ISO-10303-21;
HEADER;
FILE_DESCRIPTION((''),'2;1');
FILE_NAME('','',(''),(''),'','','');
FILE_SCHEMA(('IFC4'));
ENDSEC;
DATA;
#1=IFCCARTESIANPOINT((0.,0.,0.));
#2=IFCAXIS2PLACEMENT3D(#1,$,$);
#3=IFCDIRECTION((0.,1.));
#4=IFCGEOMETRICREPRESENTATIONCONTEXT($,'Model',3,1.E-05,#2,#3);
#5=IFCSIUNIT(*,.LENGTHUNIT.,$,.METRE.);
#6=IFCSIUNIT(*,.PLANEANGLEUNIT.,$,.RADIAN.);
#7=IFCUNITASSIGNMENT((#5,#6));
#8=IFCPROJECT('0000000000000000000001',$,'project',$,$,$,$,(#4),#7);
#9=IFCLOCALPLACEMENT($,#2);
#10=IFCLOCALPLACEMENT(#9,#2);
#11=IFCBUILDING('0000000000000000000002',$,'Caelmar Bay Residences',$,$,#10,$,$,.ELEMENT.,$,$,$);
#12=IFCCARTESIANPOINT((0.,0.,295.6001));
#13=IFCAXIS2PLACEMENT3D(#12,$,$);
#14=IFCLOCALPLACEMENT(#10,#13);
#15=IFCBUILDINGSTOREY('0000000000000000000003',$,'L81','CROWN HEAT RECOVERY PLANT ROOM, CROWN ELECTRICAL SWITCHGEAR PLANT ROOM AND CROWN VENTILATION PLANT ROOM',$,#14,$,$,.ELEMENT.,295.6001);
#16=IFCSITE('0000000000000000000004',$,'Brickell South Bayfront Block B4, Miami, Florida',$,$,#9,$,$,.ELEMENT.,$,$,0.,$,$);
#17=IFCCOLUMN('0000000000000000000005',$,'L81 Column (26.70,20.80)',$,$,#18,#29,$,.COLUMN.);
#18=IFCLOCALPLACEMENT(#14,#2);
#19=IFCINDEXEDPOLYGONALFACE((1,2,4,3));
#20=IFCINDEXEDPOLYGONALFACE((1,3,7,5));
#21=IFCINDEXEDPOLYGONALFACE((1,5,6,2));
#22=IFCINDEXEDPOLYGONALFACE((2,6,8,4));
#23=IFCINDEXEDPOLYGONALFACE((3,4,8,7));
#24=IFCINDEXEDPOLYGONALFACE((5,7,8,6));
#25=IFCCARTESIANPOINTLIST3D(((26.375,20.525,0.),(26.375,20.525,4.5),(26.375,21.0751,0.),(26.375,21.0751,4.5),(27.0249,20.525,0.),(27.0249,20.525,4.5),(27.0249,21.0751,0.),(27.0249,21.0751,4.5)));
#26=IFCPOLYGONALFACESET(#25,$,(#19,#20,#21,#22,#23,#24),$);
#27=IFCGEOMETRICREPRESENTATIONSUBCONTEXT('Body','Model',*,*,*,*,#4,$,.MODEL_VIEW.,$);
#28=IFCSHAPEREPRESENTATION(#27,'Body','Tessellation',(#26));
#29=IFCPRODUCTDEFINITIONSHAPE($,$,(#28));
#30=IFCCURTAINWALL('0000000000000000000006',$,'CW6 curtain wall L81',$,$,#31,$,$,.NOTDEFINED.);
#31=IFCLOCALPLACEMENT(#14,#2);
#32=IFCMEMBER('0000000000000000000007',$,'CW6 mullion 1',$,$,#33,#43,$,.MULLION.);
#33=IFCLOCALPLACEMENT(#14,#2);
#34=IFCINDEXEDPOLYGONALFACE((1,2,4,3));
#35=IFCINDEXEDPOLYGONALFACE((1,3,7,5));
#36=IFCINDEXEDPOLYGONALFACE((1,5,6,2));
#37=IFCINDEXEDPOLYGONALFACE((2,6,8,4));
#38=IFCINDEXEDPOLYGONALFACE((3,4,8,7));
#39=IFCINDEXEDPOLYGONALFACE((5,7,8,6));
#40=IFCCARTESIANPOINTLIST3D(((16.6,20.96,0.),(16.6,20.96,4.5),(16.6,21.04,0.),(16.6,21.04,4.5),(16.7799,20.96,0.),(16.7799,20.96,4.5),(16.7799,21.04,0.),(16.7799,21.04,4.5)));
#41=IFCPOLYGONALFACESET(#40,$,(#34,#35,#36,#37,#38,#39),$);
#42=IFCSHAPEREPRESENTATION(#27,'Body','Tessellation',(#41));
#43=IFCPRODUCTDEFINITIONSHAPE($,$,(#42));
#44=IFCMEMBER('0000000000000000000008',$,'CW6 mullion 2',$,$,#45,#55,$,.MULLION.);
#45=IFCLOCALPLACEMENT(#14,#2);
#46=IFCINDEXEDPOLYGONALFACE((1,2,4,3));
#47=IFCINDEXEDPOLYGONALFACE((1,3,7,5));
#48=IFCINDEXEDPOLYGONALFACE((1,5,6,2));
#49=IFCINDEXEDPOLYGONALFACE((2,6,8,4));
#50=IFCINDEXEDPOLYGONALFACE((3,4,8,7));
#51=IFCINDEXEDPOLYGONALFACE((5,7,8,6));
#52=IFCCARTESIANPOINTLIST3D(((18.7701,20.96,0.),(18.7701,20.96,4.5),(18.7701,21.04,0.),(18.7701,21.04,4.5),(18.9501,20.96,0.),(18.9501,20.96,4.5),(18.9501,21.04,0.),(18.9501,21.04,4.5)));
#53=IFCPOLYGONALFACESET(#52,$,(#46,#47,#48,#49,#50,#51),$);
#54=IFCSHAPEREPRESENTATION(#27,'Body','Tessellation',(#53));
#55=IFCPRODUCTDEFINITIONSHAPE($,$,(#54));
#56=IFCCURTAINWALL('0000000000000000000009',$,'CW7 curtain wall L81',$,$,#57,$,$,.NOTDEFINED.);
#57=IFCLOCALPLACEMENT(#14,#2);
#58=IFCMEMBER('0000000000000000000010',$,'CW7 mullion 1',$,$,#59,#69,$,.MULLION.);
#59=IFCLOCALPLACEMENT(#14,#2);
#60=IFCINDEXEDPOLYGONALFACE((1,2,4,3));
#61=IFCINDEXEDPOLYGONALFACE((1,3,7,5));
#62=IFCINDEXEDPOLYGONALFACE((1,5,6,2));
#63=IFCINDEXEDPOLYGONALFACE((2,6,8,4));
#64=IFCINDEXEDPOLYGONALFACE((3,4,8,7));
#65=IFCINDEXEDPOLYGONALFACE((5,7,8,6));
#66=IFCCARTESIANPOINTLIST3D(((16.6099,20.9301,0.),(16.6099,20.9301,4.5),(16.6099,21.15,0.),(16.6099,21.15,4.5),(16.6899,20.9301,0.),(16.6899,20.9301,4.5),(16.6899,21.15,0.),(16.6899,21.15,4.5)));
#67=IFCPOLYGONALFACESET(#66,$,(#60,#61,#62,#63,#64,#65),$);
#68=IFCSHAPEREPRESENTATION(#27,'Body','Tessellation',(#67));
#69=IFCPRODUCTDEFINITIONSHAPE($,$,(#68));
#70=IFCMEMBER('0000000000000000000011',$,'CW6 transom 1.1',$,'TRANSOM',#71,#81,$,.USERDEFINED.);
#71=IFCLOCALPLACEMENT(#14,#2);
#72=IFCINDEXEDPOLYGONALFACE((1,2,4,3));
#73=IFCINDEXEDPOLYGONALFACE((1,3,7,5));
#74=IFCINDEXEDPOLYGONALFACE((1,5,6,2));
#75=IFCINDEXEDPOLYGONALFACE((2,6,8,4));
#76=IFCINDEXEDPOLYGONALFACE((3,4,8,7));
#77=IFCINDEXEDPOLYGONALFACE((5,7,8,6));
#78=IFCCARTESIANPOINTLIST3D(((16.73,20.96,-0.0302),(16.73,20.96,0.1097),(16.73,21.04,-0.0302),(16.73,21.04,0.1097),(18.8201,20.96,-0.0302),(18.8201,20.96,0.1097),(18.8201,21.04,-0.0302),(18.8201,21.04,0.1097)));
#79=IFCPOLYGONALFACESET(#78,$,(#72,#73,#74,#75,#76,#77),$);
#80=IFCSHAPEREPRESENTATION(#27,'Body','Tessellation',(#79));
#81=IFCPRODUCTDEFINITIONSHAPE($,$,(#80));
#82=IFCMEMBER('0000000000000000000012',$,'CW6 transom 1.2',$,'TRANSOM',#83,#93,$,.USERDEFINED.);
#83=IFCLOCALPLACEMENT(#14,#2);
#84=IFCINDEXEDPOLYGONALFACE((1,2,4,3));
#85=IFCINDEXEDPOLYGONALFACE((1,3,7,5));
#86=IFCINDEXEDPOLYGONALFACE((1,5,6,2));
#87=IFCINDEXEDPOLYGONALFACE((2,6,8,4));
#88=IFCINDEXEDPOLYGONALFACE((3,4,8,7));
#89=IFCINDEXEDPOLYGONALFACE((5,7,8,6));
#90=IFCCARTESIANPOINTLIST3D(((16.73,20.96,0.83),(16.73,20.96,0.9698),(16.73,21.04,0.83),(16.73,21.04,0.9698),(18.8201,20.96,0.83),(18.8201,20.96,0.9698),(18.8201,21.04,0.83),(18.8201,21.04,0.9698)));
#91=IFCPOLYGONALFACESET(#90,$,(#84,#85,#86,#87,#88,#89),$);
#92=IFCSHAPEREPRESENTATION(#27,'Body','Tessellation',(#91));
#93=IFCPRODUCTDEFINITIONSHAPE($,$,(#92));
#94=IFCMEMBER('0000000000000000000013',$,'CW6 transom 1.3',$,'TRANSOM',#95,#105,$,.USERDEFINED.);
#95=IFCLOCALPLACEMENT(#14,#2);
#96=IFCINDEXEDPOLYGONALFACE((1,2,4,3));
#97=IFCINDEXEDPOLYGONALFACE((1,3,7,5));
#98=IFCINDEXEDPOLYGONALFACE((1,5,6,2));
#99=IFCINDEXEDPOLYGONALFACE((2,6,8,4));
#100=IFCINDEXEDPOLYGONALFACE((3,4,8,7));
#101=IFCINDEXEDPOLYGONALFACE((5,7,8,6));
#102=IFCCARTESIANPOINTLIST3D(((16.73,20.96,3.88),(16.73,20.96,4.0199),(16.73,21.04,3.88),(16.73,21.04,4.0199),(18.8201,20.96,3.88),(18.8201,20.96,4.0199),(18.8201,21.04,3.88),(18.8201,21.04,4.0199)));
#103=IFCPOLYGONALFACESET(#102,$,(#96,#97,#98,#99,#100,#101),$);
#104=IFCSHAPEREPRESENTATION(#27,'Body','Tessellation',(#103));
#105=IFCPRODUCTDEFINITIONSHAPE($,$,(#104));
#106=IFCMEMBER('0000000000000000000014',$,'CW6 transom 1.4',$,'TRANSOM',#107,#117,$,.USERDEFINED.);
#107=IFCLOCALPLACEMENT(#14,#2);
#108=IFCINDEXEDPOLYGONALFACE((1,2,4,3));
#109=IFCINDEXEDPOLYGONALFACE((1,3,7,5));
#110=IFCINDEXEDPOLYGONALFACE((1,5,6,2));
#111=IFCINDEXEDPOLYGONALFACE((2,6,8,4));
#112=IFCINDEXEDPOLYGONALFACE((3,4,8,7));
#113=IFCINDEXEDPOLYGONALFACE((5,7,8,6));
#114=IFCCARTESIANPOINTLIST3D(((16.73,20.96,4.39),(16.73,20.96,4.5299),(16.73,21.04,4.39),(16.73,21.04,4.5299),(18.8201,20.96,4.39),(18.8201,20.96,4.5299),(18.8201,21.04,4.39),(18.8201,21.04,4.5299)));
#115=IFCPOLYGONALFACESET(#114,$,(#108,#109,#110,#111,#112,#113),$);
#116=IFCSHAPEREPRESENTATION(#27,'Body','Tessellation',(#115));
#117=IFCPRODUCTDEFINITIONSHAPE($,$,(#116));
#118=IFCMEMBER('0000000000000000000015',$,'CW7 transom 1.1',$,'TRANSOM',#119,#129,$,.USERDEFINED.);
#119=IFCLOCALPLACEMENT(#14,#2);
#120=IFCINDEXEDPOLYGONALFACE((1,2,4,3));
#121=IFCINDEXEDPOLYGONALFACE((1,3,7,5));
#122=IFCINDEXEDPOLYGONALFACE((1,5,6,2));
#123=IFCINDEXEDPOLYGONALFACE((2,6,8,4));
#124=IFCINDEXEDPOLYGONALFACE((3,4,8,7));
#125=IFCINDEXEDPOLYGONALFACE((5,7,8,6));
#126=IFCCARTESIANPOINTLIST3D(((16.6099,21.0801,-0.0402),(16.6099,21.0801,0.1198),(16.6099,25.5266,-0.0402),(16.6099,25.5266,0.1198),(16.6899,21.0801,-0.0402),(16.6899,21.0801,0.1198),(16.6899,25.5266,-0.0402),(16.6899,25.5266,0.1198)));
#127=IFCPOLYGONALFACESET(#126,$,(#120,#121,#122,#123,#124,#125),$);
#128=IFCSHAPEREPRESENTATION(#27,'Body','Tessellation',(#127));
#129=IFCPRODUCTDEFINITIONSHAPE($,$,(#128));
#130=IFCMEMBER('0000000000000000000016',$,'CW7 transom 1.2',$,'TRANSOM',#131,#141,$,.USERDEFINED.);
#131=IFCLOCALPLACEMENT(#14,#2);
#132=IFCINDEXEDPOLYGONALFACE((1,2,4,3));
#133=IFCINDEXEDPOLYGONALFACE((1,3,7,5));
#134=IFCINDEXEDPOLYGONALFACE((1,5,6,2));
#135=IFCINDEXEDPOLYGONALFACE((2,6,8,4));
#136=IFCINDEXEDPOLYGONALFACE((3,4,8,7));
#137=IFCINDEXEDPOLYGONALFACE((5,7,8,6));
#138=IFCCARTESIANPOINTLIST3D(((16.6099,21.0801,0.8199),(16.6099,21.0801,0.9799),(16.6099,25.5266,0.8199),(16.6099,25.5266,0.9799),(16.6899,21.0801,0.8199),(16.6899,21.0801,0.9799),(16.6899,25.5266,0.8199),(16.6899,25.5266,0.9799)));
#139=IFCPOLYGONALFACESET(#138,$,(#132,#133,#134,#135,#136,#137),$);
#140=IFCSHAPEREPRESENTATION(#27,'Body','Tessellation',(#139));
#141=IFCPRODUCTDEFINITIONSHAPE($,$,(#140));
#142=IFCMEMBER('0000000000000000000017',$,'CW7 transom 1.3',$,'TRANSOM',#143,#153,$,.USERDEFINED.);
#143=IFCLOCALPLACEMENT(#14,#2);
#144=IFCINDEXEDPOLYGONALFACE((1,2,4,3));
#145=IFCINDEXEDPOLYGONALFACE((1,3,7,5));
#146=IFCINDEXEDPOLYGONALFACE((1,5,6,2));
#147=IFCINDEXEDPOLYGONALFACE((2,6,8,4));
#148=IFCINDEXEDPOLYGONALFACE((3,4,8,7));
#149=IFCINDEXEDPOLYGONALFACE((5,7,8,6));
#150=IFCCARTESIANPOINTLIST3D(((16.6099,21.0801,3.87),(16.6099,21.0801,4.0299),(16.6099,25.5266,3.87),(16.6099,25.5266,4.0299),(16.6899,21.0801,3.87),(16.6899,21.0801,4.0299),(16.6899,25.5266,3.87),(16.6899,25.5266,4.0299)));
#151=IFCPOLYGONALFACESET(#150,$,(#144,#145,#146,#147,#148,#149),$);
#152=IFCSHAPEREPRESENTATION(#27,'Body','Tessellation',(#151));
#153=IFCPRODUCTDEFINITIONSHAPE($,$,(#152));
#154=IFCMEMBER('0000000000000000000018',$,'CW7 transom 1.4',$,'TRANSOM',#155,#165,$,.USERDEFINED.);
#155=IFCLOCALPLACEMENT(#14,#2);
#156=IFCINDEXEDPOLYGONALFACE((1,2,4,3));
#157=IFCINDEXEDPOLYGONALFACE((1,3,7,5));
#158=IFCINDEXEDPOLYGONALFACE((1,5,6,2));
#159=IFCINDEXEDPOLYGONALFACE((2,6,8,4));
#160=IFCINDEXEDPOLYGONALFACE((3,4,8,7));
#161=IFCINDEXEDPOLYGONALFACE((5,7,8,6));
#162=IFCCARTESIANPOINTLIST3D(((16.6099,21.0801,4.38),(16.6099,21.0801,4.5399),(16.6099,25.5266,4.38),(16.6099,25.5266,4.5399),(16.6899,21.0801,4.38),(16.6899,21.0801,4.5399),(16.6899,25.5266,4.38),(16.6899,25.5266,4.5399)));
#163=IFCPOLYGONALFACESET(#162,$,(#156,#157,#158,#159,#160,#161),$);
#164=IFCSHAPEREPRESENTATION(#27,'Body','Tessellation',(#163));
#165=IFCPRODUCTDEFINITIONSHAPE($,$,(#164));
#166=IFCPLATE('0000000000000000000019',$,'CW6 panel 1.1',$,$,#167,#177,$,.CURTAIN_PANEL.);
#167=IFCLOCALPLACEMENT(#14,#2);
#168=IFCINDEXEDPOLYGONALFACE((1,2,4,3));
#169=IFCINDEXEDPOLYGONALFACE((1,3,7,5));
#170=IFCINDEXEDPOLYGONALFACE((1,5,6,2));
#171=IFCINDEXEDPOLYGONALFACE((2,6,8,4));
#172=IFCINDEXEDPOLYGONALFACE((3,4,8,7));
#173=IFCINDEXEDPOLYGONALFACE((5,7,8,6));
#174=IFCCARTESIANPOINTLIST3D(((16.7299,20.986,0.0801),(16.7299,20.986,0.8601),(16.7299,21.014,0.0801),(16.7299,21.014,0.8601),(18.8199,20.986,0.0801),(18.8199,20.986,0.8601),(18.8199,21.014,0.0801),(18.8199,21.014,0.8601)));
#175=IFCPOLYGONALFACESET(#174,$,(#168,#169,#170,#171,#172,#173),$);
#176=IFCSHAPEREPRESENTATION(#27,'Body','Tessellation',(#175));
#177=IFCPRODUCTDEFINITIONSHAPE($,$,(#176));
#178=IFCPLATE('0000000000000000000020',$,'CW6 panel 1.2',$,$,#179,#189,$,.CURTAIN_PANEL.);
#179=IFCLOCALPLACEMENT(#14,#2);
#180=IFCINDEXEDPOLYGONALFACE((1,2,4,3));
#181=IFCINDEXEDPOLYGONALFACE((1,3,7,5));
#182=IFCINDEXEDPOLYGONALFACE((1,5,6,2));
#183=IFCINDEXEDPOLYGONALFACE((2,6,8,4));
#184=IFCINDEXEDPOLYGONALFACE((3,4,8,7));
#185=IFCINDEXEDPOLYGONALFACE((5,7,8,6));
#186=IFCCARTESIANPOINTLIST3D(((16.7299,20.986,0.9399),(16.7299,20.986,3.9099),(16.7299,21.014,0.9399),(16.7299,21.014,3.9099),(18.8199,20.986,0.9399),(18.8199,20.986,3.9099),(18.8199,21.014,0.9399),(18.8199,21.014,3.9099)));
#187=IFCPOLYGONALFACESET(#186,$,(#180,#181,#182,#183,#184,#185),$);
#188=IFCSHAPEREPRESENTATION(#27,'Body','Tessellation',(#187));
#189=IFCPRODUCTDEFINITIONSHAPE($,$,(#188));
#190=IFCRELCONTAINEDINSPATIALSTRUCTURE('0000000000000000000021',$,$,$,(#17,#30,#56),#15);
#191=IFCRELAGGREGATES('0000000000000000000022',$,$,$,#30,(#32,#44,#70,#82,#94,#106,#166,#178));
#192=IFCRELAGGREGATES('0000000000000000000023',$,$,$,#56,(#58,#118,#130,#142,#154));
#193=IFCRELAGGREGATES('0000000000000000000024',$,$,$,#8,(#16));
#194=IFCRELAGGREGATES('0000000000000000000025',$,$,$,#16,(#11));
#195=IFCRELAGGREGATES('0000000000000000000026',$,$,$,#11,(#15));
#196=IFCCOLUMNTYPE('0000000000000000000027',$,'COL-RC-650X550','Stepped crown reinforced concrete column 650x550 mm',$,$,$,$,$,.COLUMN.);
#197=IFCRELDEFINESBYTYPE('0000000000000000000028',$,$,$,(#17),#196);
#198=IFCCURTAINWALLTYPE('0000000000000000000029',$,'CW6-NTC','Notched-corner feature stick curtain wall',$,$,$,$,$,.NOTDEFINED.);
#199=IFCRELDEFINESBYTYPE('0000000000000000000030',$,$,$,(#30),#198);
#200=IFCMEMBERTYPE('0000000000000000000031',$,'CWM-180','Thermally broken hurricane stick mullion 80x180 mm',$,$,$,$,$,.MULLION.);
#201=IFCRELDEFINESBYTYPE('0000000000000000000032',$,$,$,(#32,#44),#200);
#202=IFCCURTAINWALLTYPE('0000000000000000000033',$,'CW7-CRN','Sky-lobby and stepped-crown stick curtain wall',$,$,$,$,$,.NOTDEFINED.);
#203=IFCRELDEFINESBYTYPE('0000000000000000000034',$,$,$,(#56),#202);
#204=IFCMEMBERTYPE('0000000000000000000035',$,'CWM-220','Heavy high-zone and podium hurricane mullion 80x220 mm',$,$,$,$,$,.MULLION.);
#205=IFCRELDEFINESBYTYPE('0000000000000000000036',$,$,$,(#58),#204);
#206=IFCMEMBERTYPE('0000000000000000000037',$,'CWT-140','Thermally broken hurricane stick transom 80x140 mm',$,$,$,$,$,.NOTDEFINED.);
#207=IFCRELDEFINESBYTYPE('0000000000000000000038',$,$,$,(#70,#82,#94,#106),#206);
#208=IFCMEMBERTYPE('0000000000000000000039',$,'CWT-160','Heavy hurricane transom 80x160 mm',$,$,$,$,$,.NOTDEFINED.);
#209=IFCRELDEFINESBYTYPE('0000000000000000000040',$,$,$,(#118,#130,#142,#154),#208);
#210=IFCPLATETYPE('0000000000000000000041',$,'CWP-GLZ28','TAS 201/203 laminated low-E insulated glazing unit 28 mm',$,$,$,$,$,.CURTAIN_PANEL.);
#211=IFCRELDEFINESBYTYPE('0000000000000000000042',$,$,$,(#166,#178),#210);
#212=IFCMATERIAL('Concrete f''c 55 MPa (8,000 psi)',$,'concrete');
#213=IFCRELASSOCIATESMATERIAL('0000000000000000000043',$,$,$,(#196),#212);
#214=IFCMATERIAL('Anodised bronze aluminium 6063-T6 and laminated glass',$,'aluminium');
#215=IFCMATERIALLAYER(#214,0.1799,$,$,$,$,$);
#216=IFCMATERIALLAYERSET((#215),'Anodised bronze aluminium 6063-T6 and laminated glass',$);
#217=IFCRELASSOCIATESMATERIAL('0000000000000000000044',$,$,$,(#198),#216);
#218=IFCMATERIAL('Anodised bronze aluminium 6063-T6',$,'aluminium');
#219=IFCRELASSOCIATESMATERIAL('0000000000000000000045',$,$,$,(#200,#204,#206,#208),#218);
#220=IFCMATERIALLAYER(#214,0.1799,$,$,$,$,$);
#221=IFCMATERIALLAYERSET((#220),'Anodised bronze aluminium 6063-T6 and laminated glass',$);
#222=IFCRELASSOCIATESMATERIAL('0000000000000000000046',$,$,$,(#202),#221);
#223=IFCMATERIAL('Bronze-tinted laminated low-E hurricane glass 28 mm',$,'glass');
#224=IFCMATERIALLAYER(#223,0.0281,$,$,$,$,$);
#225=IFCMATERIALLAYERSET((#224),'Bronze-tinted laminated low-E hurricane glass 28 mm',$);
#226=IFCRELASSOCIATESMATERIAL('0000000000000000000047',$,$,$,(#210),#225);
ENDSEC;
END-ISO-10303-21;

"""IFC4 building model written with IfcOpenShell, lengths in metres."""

from ifc_helpers import new_model, si_unit, direction, frame, origin, origin_2d, place, context, subcontext, project, spatial, rectangle, extrude, material, layer, layer_set, material_profile, profile_set, type_object, element, aggregate, save


model = new_model("IFC4")

# Units and contexts
model_context = context("Model", 3, precision=1e-05, world=origin(), true_north=direction((0.0, 1.0)))
body_context = subcontext(model_context, "Body", "Model", "MODEL_VIEW")
ifc_project = project(units=[si_unit("LENGTHUNIT", "METRE"), si_unit("PLANEANGLEUNIT", "RADIAN")], contexts=[model_context])

# Site, building, storey
site_placement = place(None, origin())
site = spatial("IfcSite", under=ifc_project, at=site_placement, Name="Brickell South Bayfront Block B4, Miami, Florida", CompositionType="ELEMENT", RefElevation=0.0)
building_placement = place(site_placement, origin())
building = spatial("IfcBuilding", under=site, at=building_placement, Name="Caelmar Bay Residences", CompositionType="ELEMENT")
storey_placement = place(building_placement, frame((0.0, 0.0, 295.6001)))
storey = spatial("IfcBuildingStorey", under=building, at=storey_placement, Name="L81", Description="CROWN HEAT RECOVERY PLANT ROOM, CROWN ELECTRICAL SWITCHGEAR PLANT ROOM AND CROWN VENTILATION PLANT ROOM", CompositionType="ELEMENT", Elevation=295.6001)

# Column
ifc_material_1 = material(Name="Concrete f'c 55 MPa (8,000 psi)", Category="concrete")
ifc_material_profile_1 = material_profile(ifc_material_1, rectangle(XDim=0.6499, YDim=0.55, at=origin_2d()), Name="RC-COL-650X550")
ifc_profile_set_1 = profile_set([ifc_material_profile_1], Name="Concrete f'c 55 MPa (8,000 psi)")
column_type = type_object("IfcColumnType", Name="COL-RC-650X550", Description="Stepped crown reinforced concrete column 650x550 mm", PredefinedType="COLUMN", material=ifc_profile_set_1)
column_placement = place(storey_placement, frame((26.7, 20.8, 0.0), z_axis=(0.0, 0.0, 1.0), x_axis=(1.0, 0.0, 0.0)))
element("IfcColumn", 1, at=column_placement, inside=storey, type_object=column_type, Name="L81 Column (26.70,20.80)", PredefinedType="COLUMN", context=body_context, shape_type="SweptSolid", body=[
    extrude(rectangle(XDim=0.6499, YDim=0.55, at=origin_2d()), origin(), (0.0, 0.0, 1.0), 4.5),
])

# Curtain wall, members
ifc_material_2 = material(Name="Anodised bronze aluminium 6063-T6 and laminated glass", Category="aluminium")
ifc_layer_1 = layer(ifc_material_2, 0.1799)
ifc_layer_set_1 = layer_set([ifc_layer_1], Name="Anodised bronze aluminium 6063-T6 and laminated glass")
curtain_wall_type_1 = type_object("IfcCurtainWallType", Name="CW6-NTC", Description="Notched-corner feature stick curtain wall", PredefinedType="NOTDEFINED", material=ifc_layer_set_1)
curtain_wall_1_placement = place(storey_placement, origin())
curtain_wall_1 = element("IfcCurtainWall", 2, at=curtain_wall_1_placement, inside=storey, type_object=curtain_wall_type_1, Name="CW6 curtain wall L81", PredefinedType="NOTDEFINED")
ifc_material_3 = material(Name="Anodised bronze aluminium 6063-T6", Category="aluminium")
ifc_material_profile_2 = material_profile(ifc_material_3, rectangle(XDim=0.0801, YDim=0.1799, at=origin_2d()), Name="CWM-80X180")
ifc_profile_set_2 = profile_set([ifc_material_profile_2], Name="Anodised bronze aluminium 6063-T6")
member_type_1 = type_object("IfcMemberType", Name="CWM-180", Description="Thermally broken hurricane stick mullion 80x180 mm", PredefinedType="MULLION", material=ifc_profile_set_2)
member_1_placement = place(storey_placement, frame((16.6899, 21.0, 0.0), z_axis=(0.0, 0.0, 1.0), x_axis=(0.0, 1.0, 0.0)))
member_1 = element("IfcMember", 3, at=member_1_placement, type_object=member_type_1, Name="CW6 mullion 1", PredefinedType="MULLION", context=body_context, shape_type="SweptSolid", body=[
    extrude(rectangle(XDim=0.0801, YDim=0.1799, at=origin_2d()), origin(), (0.0, 0.0, 1.0), 4.5),
])
member_2_placement = place(storey_placement, frame((18.8601, 21.0, 0.0), z_axis=(0.0, 0.0, 1.0), x_axis=(0.0, 1.0, 0.0)))
member_2 = element("IfcMember", 4, at=member_2_placement, type_object=member_type_1, Name="CW6 mullion 2", PredefinedType="MULLION", context=body_context, shape_type="SweptSolid", body=[
    extrude(rectangle(XDim=0.0801, YDim=0.1799, at=origin_2d()), origin(), (0.0, 0.0, 1.0), 4.5),
])

# Curtain wall, member
ifc_layer_2 = layer(ifc_material_2, 0.1799)
ifc_layer_set_2 = layer_set([ifc_layer_2], Name="Anodised bronze aluminium 6063-T6 and laminated glass")
curtain_wall_type_2 = type_object("IfcCurtainWallType", Name="CW7-CRN", Description="Sky-lobby and stepped-crown stick curtain wall", PredefinedType="NOTDEFINED", material=ifc_layer_set_2)
curtain_wall_2_placement = place(storey_placement, origin())
curtain_wall_2 = element("IfcCurtainWall", 5, at=curtain_wall_2_placement, inside=storey, type_object=curtain_wall_type_2, Name="CW7 curtain wall L81", PredefinedType="NOTDEFINED")
ifc_material_profile_3 = material_profile(ifc_material_3, rectangle(XDim=0.0801, YDim=0.22, at=origin_2d()), Name="CWM-80X220")
ifc_profile_set_3 = profile_set([ifc_material_profile_3], Name="Anodised bronze aluminium 6063-T6")
member_type_2 = type_object("IfcMemberType", Name="CWM-220", Description="Heavy high-zone and podium hurricane mullion 80x220 mm", PredefinedType="MULLION", material=ifc_profile_set_3)
member_3_placement = place(storey_placement, frame((16.6499, 21.04, 0.0), z_axis=(0.0, 0.0, 1.0), x_axis=(-1.0, 0.0, 0.0)))
member_3 = element("IfcMember", 6, at=member_3_placement, type_object=member_type_2, Name="CW7 mullion 1", PredefinedType="MULLION", context=body_context, shape_type="SweptSolid", body=[
    extrude(rectangle(XDim=0.0801, YDim=0.22, at=origin_2d()), origin(), (0.0, 0.0, 1.0), 4.5),
])

# Members
ifc_material_profile_4 = material_profile(ifc_material_3, rectangle(XDim=0.0801, YDim=0.1399, at=origin_2d()), Name="CWT-80X140")
ifc_profile_set_4 = profile_set([ifc_material_profile_4], Name="Anodised bronze aluminium 6063-T6")
member_type_3 = type_object("IfcMemberType", Name="CWT-140", Description="Thermally broken hurricane stick transom 80x140 mm", PredefinedType="NOTDEFINED", material=ifc_profile_set_4)
member_4_placement = place(storey_placement, frame((16.73, 21.0, 0.0398), z_axis=(1.0, 0.0, 0.0), x_axis=(0.0, 1.0, 0.0)))
member_4 = element("IfcMember", 7, at=member_4_placement, type_object=member_type_3, Name="CW6 transom 1.1", ObjectType="TRANSOM", PredefinedType="USERDEFINED", context=body_context, shape_type="SweptSolid", body=[
    extrude(rectangle(XDim=0.0801, YDim=0.1399, at=origin_2d()), origin(), (0.0, 0.0, 1.0), 2.0901),
])
member_5_placement = place(storey_placement, frame((16.73, 21.0, 0.8999), z_axis=(1.0, 0.0, 0.0), x_axis=(0.0, 1.0, 0.0)))
member_5 = element("IfcMember", 8, at=member_5_placement, type_object=member_type_3, Name="CW6 transom 1.2", ObjectType="TRANSOM", PredefinedType="USERDEFINED", context=body_context, shape_type="SweptSolid", body=[
    extrude(rectangle(XDim=0.0801, YDim=0.1399, at=origin_2d()), origin(), (0.0, 0.0, 1.0), 2.0901),
])
member_6_placement = place(storey_placement, frame((16.73, 21.0, 3.95), z_axis=(1.0, 0.0, 0.0), x_axis=(0.0, 1.0, 0.0)))
member_6 = element("IfcMember", 9, at=member_6_placement, type_object=member_type_3, Name="CW6 transom 1.3", ObjectType="TRANSOM", PredefinedType="USERDEFINED", context=body_context, shape_type="SweptSolid", body=[
    extrude(rectangle(XDim=0.0801, YDim=0.1399, at=origin_2d()), origin(), (0.0, 0.0, 1.0), 2.0901),
])
member_7_placement = place(storey_placement, frame((16.73, 21.0, 4.46), z_axis=(1.0, 0.0, 0.0), x_axis=(0.0, 1.0, 0.0)))
member_7 = element("IfcMember", 10, at=member_7_placement, type_object=member_type_3, Name="CW6 transom 1.4", ObjectType="TRANSOM", PredefinedType="USERDEFINED", context=body_context, shape_type="SweptSolid", body=[
    extrude(rectangle(XDim=0.0801, YDim=0.1399, at=origin_2d()), origin(), (0.0, 0.0, 1.0), 2.0901),
])
ifc_material_profile_5 = material_profile(ifc_material_3, rectangle(XDim=0.0801, YDim=0.1599, at=origin_2d()), Name="CWT-80X160")
ifc_profile_set_5 = profile_set([ifc_material_profile_5], Name="Anodised bronze aluminium 6063-T6")
member_type_4 = type_object("IfcMemberType", Name="CWT-160", Description="Heavy hurricane transom 80x160 mm", PredefinedType="NOTDEFINED", material=ifc_profile_set_5)
member_8_placement = place(storey_placement, frame((16.6499, 21.0801, 0.0398), z_axis=(0.0, 1.0, 0.0), x_axis=(-1.0, 0.0, 0.0)))
member_8 = element("IfcMember", 11, at=member_8_placement, type_object=member_type_4, Name="CW7 transom 1.1", ObjectType="TRANSOM", PredefinedType="USERDEFINED", context=body_context, shape_type="SweptSolid", body=[
    extrude(rectangle(XDim=0.0801, YDim=0.1599, at=origin_2d()), origin(), (0.0, 0.0, 1.0), 4.4465),
])
member_9_placement = place(storey_placement, frame((16.6499, 21.0801, 0.8999), z_axis=(0.0, 1.0, 0.0), x_axis=(-1.0, 0.0, 0.0)))
member_9 = element("IfcMember", 12, at=member_9_placement, type_object=member_type_4, Name="CW7 transom 1.2", ObjectType="TRANSOM", PredefinedType="USERDEFINED", context=body_context, shape_type="SweptSolid", body=[
    extrude(rectangle(XDim=0.0801, YDim=0.1599, at=origin_2d()), origin(), (0.0, 0.0, 1.0), 4.4465),
])
member_10_placement = place(storey_placement, frame((16.6499, 21.0801, 3.95), z_axis=(0.0, 1.0, 0.0), x_axis=(-1.0, 0.0, 0.0)))
member_10 = element("IfcMember", 13, at=member_10_placement, type_object=member_type_4, Name="CW7 transom 1.3", ObjectType="TRANSOM", PredefinedType="USERDEFINED", context=body_context, shape_type="SweptSolid", body=[
    extrude(rectangle(XDim=0.0801, YDim=0.1599, at=origin_2d()), origin(), (0.0, 0.0, 1.0), 4.4465),
])
member_11_placement = place(storey_placement, frame((16.6499, 21.0801, 4.46), z_axis=(0.0, 1.0, 0.0), x_axis=(-1.0, 0.0, 0.0)))
member_11 = element("IfcMember", 14, at=member_11_placement, type_object=member_type_4, Name="CW7 transom 1.4", ObjectType="TRANSOM", PredefinedType="USERDEFINED", context=body_context, shape_type="SweptSolid", body=[
    extrude(rectangle(XDim=0.0801, YDim=0.1599, at=origin_2d()), origin(), (0.0, 0.0, 1.0), 4.4465),
])

# Plates
ifc_material_4 = material(Name="Bronze-tinted laminated low-E hurricane glass 28 mm", Category="glass")
ifc_layer_3 = layer(ifc_material_4, 0.0281)
ifc_layer_set_3 = layer_set([ifc_layer_3], Name="Bronze-tinted laminated low-E hurricane glass 28 mm")
plate_type_1 = type_object("IfcPlateType", Name="CWP-GLZ28", Description="TAS 201/203 laminated low-E insulated glazing unit 28 mm", PredefinedType="CURTAIN_PANEL", material=ifc_layer_set_3)
plate_1_placement = place(storey_placement, frame((17.7749, 21.0, 0.0801), z_axis=(0.0, 0.0, 1.0), x_axis=(1.0, 0.0, 0.0)))
plate_1 = element("IfcPlate", 15, at=plate_1_placement, type_object=plate_type_1, Name="CW6 panel 1.1", PredefinedType="CURTAIN_PANEL", context=body_context, shape_type="SweptSolid", body=[
    extrude(rectangle(XDim=2.0901, YDim=0.0281, at=origin_2d()), origin(), (0.0, 0.0, 1.0), 0.78),
])
plate_2_placement = place(storey_placement, frame((17.7749, 21.0, 0.9399), z_axis=(0.0, 0.0, 1.0), x_axis=(1.0, 0.0, 0.0)))
plate_2 = element("IfcPlate", 16, at=plate_2_placement, type_object=plate_type_1, Name="CW6 panel 1.2", PredefinedType="CURTAIN_PANEL", context=body_context, shape_type="SweptSolid", body=[
    extrude(rectangle(XDim=2.0901, YDim=0.0281, at=origin_2d()), origin(), (0.0, 0.0, 1.0), 2.97),
])
aggregate(curtain_wall_1, [member_1, member_2, member_4, member_5, member_6, member_7, plate_1, plate_2])
aggregate(curtain_wall_2, [member_3, member_8, member_9, member_10, member_11])

save(model, "model.ifc")
